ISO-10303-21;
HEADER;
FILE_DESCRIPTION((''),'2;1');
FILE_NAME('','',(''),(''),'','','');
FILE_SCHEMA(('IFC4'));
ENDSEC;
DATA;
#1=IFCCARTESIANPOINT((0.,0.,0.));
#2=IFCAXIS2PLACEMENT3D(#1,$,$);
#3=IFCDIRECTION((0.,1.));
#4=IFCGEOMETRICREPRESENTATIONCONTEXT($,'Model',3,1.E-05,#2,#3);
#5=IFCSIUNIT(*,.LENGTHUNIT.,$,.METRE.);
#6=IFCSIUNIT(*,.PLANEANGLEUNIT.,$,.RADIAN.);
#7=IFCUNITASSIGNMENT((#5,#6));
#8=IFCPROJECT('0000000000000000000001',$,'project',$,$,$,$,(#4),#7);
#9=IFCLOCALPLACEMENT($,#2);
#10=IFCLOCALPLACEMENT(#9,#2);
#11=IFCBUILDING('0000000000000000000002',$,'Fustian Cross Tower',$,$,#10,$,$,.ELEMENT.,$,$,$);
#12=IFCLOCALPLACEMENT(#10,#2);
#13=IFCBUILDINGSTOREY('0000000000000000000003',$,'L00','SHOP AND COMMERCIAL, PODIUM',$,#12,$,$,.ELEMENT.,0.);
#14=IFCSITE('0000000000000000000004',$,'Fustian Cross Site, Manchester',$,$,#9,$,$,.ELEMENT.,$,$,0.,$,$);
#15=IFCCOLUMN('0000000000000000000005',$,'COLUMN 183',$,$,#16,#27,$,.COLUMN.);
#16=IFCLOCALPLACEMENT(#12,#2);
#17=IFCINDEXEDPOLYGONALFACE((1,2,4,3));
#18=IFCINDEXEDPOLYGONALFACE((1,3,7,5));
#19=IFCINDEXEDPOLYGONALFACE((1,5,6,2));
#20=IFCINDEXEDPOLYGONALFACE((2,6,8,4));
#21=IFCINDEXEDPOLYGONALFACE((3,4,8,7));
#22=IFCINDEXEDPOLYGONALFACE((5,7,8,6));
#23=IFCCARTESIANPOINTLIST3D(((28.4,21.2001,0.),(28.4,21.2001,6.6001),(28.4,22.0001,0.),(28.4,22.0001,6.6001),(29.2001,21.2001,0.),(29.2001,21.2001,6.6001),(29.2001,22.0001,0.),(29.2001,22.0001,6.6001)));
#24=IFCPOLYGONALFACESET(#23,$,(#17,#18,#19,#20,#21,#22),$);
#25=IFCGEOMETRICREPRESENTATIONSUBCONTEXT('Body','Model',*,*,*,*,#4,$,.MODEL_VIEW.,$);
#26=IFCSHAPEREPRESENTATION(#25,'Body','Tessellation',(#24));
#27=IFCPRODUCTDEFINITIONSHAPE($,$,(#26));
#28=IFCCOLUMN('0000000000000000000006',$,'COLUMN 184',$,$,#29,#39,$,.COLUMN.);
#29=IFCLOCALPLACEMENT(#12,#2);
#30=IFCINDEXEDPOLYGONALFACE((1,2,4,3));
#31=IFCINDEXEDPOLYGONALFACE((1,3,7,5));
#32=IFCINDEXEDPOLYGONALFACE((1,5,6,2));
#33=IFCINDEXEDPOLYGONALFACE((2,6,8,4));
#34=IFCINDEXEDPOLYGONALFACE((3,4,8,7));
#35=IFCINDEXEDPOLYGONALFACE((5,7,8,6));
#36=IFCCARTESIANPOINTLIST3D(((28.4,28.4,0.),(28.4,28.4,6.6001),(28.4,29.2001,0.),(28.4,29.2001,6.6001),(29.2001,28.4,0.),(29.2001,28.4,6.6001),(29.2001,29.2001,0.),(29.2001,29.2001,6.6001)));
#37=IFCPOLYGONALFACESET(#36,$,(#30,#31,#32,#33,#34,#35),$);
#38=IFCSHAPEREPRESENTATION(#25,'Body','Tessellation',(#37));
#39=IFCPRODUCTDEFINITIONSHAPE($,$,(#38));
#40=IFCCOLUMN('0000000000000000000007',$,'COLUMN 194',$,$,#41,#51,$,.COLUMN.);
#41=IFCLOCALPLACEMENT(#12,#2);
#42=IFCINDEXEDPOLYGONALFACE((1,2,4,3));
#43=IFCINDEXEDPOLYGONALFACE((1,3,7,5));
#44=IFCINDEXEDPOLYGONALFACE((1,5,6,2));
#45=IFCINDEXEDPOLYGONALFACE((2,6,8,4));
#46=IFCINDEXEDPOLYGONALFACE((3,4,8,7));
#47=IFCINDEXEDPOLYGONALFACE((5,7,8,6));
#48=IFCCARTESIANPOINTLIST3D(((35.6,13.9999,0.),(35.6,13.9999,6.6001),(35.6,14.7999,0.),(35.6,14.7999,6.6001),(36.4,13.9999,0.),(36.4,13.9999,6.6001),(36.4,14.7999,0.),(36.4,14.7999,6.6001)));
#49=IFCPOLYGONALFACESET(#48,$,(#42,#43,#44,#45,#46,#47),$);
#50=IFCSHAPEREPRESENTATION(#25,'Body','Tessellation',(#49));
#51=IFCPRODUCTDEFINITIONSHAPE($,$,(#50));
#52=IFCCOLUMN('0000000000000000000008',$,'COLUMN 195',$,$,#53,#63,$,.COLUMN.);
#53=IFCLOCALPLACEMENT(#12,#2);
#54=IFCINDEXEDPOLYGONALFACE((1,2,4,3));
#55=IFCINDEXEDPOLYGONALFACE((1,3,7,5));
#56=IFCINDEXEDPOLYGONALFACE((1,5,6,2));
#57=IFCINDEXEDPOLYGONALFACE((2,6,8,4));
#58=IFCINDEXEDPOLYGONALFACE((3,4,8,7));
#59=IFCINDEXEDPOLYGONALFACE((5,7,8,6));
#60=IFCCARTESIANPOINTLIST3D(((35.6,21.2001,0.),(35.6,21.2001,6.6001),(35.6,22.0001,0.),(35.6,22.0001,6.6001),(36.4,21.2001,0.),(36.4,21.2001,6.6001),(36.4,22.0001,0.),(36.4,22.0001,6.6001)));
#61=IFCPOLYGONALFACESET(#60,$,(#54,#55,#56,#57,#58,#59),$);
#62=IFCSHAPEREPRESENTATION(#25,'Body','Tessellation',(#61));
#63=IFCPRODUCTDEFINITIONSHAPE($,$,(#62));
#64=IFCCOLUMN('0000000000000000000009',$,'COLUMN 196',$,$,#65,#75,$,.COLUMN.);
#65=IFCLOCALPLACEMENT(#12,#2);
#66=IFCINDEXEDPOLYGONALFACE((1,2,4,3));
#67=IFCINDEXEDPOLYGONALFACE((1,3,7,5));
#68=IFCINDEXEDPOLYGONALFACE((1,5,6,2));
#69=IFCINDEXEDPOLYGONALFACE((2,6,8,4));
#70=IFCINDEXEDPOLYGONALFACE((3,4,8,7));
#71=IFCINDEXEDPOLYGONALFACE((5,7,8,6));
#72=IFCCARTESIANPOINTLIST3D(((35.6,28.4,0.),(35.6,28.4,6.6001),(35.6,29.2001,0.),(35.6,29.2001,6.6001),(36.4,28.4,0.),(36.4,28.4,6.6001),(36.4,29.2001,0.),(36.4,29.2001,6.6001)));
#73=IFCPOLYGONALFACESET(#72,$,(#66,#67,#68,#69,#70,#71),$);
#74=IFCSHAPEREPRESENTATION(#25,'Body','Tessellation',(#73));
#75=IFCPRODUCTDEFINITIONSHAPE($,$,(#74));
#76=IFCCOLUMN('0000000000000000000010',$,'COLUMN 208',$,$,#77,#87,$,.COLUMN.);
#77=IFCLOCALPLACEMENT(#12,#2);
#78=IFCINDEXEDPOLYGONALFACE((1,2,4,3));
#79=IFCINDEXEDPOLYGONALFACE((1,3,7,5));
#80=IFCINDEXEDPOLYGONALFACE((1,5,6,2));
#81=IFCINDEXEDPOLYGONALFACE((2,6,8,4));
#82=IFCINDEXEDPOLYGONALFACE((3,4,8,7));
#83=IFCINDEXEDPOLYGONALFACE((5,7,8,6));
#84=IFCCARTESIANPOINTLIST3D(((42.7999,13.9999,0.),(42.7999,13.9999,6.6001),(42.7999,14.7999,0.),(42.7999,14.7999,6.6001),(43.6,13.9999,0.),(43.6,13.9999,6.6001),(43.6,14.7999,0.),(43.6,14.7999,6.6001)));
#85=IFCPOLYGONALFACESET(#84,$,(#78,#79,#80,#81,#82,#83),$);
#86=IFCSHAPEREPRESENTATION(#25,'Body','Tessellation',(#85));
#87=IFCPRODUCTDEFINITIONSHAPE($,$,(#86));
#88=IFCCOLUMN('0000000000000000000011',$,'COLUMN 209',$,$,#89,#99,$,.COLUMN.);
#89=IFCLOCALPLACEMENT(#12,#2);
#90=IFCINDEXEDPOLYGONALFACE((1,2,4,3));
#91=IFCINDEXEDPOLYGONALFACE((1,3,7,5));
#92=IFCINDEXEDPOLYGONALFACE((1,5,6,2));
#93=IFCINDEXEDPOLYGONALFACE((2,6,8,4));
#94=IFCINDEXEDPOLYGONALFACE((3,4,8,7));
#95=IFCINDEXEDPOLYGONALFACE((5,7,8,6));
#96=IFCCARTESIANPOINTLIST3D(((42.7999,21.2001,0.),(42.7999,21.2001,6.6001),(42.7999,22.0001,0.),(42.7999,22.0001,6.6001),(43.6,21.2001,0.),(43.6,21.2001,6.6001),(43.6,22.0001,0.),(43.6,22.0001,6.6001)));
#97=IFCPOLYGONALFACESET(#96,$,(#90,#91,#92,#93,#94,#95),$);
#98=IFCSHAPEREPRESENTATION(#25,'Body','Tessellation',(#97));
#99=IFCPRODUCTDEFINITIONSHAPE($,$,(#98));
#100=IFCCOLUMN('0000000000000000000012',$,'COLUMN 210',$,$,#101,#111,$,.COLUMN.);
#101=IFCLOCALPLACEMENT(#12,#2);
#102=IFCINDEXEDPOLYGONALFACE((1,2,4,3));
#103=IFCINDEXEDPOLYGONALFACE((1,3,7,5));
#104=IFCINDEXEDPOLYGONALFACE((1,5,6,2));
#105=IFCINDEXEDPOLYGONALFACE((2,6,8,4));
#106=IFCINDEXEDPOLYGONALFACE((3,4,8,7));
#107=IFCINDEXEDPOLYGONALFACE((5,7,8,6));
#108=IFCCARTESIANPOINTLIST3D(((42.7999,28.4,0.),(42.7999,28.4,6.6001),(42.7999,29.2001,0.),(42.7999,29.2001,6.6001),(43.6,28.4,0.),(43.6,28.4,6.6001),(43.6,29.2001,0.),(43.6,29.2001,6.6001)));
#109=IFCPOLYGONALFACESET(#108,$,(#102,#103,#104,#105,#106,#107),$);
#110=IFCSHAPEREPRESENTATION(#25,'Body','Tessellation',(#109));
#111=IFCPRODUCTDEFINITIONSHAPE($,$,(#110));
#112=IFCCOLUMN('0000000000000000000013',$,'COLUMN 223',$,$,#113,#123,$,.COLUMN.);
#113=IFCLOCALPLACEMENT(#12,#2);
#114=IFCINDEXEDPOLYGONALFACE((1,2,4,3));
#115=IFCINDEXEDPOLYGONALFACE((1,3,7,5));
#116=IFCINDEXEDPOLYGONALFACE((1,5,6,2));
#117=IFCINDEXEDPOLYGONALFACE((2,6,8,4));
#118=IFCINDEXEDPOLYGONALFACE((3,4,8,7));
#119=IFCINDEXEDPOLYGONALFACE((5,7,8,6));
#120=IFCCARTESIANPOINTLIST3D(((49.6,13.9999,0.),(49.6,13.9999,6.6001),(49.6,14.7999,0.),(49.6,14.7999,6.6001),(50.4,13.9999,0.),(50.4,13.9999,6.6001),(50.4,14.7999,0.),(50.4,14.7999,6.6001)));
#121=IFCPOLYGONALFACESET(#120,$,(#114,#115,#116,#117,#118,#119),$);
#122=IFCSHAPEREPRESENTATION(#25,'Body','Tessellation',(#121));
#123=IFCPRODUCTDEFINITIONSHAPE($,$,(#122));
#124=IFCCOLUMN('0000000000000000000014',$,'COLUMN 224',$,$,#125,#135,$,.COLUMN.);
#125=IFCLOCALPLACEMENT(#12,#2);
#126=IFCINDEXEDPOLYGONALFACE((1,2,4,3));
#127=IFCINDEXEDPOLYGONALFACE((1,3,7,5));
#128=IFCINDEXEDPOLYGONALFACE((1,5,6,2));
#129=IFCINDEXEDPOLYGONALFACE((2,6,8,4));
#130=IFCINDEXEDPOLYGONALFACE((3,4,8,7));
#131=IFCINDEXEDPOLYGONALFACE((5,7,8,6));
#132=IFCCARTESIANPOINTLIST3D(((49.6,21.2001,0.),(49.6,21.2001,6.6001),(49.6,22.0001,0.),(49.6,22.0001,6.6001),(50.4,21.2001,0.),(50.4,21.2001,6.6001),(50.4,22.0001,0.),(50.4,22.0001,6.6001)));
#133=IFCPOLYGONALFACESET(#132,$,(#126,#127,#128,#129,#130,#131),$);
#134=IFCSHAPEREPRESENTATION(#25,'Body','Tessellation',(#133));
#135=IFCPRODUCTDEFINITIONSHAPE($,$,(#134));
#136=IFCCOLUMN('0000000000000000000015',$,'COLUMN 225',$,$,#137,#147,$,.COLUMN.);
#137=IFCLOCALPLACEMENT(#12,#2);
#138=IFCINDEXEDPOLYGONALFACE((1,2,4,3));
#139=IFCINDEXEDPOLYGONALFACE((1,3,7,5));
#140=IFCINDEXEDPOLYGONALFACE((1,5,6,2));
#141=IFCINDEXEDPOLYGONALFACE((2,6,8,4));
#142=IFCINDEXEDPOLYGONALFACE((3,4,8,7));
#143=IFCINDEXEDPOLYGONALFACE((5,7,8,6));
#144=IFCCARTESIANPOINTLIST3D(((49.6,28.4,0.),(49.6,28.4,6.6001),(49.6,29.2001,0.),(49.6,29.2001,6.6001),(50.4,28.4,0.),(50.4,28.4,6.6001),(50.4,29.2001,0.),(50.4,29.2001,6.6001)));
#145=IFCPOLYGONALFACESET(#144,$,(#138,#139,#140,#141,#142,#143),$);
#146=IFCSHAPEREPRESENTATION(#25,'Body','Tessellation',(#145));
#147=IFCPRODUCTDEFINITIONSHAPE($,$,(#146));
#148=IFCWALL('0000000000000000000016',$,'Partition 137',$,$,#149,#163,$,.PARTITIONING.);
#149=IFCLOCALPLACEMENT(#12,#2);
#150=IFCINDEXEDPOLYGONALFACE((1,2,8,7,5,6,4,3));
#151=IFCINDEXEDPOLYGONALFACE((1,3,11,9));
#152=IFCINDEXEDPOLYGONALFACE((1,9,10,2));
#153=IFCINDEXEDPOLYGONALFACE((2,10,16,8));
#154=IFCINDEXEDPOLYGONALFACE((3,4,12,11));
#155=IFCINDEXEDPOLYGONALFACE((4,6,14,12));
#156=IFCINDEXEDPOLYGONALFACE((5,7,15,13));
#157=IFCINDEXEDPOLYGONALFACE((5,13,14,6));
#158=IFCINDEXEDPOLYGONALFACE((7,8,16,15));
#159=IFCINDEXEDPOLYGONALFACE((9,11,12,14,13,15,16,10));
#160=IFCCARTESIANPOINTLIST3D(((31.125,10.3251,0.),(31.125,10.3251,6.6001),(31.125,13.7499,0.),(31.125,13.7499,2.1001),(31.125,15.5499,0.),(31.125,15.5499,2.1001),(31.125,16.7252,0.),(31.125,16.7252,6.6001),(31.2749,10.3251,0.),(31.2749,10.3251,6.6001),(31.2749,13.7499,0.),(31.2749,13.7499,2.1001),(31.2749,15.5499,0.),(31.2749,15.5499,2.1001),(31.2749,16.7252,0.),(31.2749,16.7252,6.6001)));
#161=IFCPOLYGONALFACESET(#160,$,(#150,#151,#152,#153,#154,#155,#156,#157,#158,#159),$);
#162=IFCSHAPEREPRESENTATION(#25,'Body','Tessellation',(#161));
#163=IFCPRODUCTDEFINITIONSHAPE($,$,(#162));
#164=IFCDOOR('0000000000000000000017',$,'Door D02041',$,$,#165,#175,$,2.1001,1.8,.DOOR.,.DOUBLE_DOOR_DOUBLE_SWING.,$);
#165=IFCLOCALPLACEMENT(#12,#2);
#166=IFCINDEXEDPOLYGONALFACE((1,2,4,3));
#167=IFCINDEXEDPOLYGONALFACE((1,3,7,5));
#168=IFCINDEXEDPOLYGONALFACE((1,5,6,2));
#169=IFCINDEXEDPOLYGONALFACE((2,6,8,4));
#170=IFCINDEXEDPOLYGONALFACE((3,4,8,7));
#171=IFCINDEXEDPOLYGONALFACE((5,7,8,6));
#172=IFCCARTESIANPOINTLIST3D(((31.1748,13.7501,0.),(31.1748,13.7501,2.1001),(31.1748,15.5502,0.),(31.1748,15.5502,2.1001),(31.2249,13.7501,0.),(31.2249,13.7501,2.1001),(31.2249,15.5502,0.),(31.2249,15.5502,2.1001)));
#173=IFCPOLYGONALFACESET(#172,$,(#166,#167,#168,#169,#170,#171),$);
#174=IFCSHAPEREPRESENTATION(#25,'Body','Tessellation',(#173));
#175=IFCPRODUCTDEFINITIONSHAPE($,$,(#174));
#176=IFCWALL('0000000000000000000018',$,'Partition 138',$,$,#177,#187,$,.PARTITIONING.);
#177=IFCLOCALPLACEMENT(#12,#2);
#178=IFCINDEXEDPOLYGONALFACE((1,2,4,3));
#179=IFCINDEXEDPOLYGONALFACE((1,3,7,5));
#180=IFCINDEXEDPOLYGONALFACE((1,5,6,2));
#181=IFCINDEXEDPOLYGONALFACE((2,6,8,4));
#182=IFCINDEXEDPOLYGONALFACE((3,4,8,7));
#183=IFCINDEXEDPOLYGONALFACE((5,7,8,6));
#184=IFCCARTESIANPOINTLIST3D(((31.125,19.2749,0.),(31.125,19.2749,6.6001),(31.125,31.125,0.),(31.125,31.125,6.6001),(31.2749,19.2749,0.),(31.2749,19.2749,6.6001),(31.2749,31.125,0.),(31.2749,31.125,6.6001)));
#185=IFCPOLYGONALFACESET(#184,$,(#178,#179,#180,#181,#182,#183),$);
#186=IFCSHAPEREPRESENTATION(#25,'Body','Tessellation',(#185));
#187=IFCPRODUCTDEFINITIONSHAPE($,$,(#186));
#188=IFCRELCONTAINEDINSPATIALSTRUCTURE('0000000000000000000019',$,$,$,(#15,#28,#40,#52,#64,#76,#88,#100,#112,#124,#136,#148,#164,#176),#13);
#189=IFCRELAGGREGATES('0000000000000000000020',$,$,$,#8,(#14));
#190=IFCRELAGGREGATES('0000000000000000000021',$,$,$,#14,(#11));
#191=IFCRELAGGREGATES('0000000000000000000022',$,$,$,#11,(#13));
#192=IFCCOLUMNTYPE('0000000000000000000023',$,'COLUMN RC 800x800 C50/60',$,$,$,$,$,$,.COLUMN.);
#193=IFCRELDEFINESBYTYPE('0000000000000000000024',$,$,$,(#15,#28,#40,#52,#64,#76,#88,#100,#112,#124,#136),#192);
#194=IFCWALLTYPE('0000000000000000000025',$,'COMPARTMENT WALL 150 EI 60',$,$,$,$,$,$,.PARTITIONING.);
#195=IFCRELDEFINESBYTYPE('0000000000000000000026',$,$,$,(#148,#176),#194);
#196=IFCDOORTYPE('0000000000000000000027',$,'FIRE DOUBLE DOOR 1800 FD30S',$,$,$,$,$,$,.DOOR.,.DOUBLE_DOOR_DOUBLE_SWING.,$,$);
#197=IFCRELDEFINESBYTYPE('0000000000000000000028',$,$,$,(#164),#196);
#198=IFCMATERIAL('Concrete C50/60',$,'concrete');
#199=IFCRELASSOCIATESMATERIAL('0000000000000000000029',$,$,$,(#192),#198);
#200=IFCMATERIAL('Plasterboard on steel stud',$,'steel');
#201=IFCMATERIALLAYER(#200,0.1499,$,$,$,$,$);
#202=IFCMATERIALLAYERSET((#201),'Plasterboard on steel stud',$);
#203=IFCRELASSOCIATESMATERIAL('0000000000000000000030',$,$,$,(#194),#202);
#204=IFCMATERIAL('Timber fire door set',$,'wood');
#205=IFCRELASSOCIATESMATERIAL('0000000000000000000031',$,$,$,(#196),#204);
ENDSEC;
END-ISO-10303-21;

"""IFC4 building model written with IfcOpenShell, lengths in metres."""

from ifc_helpers import new_model, si_unit, direction, frame, frame_2d, origin, origin_2d, place, context, subcontext, project, spatial, rectangle, extrude, material, layer, layer_set, material_profile, profile_set, type_object, element, fill, save


model = new_model("IFC4")

# Units and contexts
model_context = context("Model", 3, precision=1e-05, world=origin(), true_north=direction((0.0, 1.0)))
body_context = subcontext(model_context, "Body", "Model", "MODEL_VIEW")
ifc_project = project(units=[si_unit("LENGTHUNIT", "METRE"), si_unit("PLANEANGLEUNIT", "RADIAN")], contexts=[model_context])

# Site, building, storey
site_placement = place(None, origin())
site = spatial("IfcSite", under=ifc_project, at=site_placement, Name="Fustian Cross Site, Manchester", CompositionType="ELEMENT", RefElevation=0.0)
building_placement = place(site_placement, origin())
building = spatial("IfcBuilding", under=site, at=building_placement, Name="Fustian Cross Tower", CompositionType="ELEMENT")
storey_placement = place(building_placement, origin())
storey = spatial("IfcBuildingStorey", under=building, at=storey_placement, Name="L00", Description="SHOP AND COMMERCIAL, PODIUM", CompositionType="ELEMENT", Elevation=0.0)

# Columns
ifc_material_1 = material(Name="Concrete C50/60", Category="concrete")
ifc_material_profile = material_profile(ifc_material_1, rectangle(XDim=0.8, YDim=0.8, at=origin_2d()), Name="RC 800x800")
ifc_profile_set = profile_set([ifc_material_profile], Name="Concrete C50/60")
column_type = type_object("IfcColumnType", Name="COLUMN RC 800x800 C50/60", PredefinedType="COLUMN", material=ifc_profile_set)
for number, where, z_axis, x_axis, name in (
    (1, (28.8, 21.6001, 0.0), (0.0, 0.0, 1.0), (1.0, 0.0, 0.0), "COLUMN 183"),
    (2, (28.8, 28.8, 0.0), (0.0, 0.0, 1.0), (1.0, 0.0, 0.0), "COLUMN 184"),
    (3, (36.0, 14.3999, 0.0), (0.0, 0.0, 1.0), (1.0, 0.0, 0.0), "COLUMN 194"),
    (4, (36.0, 21.6001, 0.0), (0.0, 0.0, 1.0), (1.0, 0.0, 0.0), "COLUMN 195"),
    (5, (36.0, 28.8, 0.0), (0.0, 0.0, 1.0), (1.0, 0.0, 0.0), "COLUMN 196"),
    (6, (43.2, 14.3999, 0.0), (0.0, 0.0, 1.0), (1.0, 0.0, 0.0), "COLUMN 208"),
    (7, (43.2, 21.6001, 0.0), (0.0, 0.0, 1.0), (1.0, 0.0, 0.0), "COLUMN 209"),
    (8, (43.2, 28.8, 0.0), (0.0, 0.0, 1.0), (1.0, 0.0, 0.0), "COLUMN 210"),
    (9, (50.0, 14.3999, 0.0), (0.0, 0.0, 1.0), (1.0, 0.0, 0.0), "COLUMN 223"),
    (10, (50.0, 21.6001, 0.0), (0.0, 0.0, 1.0), (1.0, 0.0, 0.0), "COLUMN 224"),
    (11, (50.0, 28.8, 0.0), (0.0, 0.0, 1.0), (1.0, 0.0, 0.0), "COLUMN 225"),
):
    element("IfcColumn", number, at=place(storey_placement, frame(where, z_axis=z_axis, x_axis=x_axis)), inside=storey, type_object=column_type, Name=name, PredefinedType="COLUMN", context=body_context, shape_type="SweptSolid", body=[
        extrude(rectangle(XDim=0.8, YDim=0.8, at=origin_2d()), origin(), (0.0, 0.0, 1.0), 6.6001),
    ])

# Wall, opening, door
ifc_material_2 = material(Name="Plasterboard on steel stud", Category="steel")
ifc_layer_1 = layer(ifc_material_2, 0.1499)
ifc_layer_set_1 = layer_set([ifc_layer_1], Name="Plasterboard on steel stud")
wall_type_1 = type_object("IfcWallType", Name="COMPARTMENT WALL 150 EI 60", PredefinedType="PARTITIONING", material=ifc_layer_set_1)
wall_1_placement = place(storey_placement, frame((31.2, 10.325, 0.0), z_axis=(0.0, 0.0, 1.0), x_axis=(0.0, 1.0, 0.0)))
wall_1 = element("IfcWall", 12, at=wall_1_placement, inside=storey, type_object=wall_type_1, Name="Partition 137", PredefinedType="PARTITIONING", context=body_context, shape_type="SweptSolid", body=[
    extrude(rectangle(XDim=6.4001, YDim=0.1499, at=frame_2d((3.2002, 0.0))), origin(), (0.0, 0.0, 1.0), 6.6001),
])
opening_1_placement = place(wall_1_placement, frame((3.425, 0.0, 0.0)))
opening_1 = element("IfcOpeningElement", 13, at=opening_1_placement, cuts=wall_1, PredefinedType="OPENING", context=body_context, shape_type="SweptSolid", body=[
    extrude(rectangle(XDim=1.8, YDim=2.1001, at=frame_2d((0.8999, 1.05))), frame((0.0, 0.085, 0.0), z_axis=(0.0, -1.0, 0.0), x_axis=(1.0, 0.0, 0.0)), (0.0, 0.0, 1.0), 0.1699),
])
ifc_material_3 = material(Name="Timber fire door set", Category="wood")
door_type = type_object("IfcDoorType", Name="FIRE DOUBLE DOOR 1800 FD30S", OperationType="DOUBLE_DOOR_DOUBLE_SWING", PredefinedType="DOOR", material=ifc_material_3)
door_1_placement = place(opening_1_placement, frame((1.8, 0.0, 0.0), z_axis=(0.0, 0.0, 1.0), x_axis=(-1.0, 0.0, 0.0)))
door_1 = element("IfcDoor", 14, at=door_1_placement, inside=storey, type_object=door_type, Name="Door D02041", OperationType="DOUBLE_DOOR_DOUBLE_SWING", OverallHeight=2.1001, OverallWidth=1.8, PredefinedType="DOOR", context=body_context, shape_type="SweptSolid", body=[
    extrude(rectangle(XDim=1.8, YDim=2.1001, at=frame_2d((0.8999, 1.05))), frame((0.0, 0.0249, 0.0), z_axis=(0.0, -1.0, 0.0), x_axis=(1.0, 0.0, 0.0)), (0.0, 0.0, 1.0), 0.05),
])
fill(opening_1, door_1)

# Wall
wall_2_placement = place(storey_placement, frame((31.2, 19.2749, 0.0), z_axis=(0.0, 0.0, 1.0), x_axis=(0.0, 1.0, 0.0)))
element("IfcWall", 15, at=wall_2_placement, inside=storey, type_object=wall_type_1, Name="Partition 138", PredefinedType="PARTITIONING", context=body_context, shape_type="SweptSolid", body=[
    extrude(rectangle(XDim=11.8501, YDim=0.1499, at=frame_2d((5.925, 0.0))), origin(), (0.0, 0.0, 1.0), 6.6001),
])

save(model, "model.ifc")
